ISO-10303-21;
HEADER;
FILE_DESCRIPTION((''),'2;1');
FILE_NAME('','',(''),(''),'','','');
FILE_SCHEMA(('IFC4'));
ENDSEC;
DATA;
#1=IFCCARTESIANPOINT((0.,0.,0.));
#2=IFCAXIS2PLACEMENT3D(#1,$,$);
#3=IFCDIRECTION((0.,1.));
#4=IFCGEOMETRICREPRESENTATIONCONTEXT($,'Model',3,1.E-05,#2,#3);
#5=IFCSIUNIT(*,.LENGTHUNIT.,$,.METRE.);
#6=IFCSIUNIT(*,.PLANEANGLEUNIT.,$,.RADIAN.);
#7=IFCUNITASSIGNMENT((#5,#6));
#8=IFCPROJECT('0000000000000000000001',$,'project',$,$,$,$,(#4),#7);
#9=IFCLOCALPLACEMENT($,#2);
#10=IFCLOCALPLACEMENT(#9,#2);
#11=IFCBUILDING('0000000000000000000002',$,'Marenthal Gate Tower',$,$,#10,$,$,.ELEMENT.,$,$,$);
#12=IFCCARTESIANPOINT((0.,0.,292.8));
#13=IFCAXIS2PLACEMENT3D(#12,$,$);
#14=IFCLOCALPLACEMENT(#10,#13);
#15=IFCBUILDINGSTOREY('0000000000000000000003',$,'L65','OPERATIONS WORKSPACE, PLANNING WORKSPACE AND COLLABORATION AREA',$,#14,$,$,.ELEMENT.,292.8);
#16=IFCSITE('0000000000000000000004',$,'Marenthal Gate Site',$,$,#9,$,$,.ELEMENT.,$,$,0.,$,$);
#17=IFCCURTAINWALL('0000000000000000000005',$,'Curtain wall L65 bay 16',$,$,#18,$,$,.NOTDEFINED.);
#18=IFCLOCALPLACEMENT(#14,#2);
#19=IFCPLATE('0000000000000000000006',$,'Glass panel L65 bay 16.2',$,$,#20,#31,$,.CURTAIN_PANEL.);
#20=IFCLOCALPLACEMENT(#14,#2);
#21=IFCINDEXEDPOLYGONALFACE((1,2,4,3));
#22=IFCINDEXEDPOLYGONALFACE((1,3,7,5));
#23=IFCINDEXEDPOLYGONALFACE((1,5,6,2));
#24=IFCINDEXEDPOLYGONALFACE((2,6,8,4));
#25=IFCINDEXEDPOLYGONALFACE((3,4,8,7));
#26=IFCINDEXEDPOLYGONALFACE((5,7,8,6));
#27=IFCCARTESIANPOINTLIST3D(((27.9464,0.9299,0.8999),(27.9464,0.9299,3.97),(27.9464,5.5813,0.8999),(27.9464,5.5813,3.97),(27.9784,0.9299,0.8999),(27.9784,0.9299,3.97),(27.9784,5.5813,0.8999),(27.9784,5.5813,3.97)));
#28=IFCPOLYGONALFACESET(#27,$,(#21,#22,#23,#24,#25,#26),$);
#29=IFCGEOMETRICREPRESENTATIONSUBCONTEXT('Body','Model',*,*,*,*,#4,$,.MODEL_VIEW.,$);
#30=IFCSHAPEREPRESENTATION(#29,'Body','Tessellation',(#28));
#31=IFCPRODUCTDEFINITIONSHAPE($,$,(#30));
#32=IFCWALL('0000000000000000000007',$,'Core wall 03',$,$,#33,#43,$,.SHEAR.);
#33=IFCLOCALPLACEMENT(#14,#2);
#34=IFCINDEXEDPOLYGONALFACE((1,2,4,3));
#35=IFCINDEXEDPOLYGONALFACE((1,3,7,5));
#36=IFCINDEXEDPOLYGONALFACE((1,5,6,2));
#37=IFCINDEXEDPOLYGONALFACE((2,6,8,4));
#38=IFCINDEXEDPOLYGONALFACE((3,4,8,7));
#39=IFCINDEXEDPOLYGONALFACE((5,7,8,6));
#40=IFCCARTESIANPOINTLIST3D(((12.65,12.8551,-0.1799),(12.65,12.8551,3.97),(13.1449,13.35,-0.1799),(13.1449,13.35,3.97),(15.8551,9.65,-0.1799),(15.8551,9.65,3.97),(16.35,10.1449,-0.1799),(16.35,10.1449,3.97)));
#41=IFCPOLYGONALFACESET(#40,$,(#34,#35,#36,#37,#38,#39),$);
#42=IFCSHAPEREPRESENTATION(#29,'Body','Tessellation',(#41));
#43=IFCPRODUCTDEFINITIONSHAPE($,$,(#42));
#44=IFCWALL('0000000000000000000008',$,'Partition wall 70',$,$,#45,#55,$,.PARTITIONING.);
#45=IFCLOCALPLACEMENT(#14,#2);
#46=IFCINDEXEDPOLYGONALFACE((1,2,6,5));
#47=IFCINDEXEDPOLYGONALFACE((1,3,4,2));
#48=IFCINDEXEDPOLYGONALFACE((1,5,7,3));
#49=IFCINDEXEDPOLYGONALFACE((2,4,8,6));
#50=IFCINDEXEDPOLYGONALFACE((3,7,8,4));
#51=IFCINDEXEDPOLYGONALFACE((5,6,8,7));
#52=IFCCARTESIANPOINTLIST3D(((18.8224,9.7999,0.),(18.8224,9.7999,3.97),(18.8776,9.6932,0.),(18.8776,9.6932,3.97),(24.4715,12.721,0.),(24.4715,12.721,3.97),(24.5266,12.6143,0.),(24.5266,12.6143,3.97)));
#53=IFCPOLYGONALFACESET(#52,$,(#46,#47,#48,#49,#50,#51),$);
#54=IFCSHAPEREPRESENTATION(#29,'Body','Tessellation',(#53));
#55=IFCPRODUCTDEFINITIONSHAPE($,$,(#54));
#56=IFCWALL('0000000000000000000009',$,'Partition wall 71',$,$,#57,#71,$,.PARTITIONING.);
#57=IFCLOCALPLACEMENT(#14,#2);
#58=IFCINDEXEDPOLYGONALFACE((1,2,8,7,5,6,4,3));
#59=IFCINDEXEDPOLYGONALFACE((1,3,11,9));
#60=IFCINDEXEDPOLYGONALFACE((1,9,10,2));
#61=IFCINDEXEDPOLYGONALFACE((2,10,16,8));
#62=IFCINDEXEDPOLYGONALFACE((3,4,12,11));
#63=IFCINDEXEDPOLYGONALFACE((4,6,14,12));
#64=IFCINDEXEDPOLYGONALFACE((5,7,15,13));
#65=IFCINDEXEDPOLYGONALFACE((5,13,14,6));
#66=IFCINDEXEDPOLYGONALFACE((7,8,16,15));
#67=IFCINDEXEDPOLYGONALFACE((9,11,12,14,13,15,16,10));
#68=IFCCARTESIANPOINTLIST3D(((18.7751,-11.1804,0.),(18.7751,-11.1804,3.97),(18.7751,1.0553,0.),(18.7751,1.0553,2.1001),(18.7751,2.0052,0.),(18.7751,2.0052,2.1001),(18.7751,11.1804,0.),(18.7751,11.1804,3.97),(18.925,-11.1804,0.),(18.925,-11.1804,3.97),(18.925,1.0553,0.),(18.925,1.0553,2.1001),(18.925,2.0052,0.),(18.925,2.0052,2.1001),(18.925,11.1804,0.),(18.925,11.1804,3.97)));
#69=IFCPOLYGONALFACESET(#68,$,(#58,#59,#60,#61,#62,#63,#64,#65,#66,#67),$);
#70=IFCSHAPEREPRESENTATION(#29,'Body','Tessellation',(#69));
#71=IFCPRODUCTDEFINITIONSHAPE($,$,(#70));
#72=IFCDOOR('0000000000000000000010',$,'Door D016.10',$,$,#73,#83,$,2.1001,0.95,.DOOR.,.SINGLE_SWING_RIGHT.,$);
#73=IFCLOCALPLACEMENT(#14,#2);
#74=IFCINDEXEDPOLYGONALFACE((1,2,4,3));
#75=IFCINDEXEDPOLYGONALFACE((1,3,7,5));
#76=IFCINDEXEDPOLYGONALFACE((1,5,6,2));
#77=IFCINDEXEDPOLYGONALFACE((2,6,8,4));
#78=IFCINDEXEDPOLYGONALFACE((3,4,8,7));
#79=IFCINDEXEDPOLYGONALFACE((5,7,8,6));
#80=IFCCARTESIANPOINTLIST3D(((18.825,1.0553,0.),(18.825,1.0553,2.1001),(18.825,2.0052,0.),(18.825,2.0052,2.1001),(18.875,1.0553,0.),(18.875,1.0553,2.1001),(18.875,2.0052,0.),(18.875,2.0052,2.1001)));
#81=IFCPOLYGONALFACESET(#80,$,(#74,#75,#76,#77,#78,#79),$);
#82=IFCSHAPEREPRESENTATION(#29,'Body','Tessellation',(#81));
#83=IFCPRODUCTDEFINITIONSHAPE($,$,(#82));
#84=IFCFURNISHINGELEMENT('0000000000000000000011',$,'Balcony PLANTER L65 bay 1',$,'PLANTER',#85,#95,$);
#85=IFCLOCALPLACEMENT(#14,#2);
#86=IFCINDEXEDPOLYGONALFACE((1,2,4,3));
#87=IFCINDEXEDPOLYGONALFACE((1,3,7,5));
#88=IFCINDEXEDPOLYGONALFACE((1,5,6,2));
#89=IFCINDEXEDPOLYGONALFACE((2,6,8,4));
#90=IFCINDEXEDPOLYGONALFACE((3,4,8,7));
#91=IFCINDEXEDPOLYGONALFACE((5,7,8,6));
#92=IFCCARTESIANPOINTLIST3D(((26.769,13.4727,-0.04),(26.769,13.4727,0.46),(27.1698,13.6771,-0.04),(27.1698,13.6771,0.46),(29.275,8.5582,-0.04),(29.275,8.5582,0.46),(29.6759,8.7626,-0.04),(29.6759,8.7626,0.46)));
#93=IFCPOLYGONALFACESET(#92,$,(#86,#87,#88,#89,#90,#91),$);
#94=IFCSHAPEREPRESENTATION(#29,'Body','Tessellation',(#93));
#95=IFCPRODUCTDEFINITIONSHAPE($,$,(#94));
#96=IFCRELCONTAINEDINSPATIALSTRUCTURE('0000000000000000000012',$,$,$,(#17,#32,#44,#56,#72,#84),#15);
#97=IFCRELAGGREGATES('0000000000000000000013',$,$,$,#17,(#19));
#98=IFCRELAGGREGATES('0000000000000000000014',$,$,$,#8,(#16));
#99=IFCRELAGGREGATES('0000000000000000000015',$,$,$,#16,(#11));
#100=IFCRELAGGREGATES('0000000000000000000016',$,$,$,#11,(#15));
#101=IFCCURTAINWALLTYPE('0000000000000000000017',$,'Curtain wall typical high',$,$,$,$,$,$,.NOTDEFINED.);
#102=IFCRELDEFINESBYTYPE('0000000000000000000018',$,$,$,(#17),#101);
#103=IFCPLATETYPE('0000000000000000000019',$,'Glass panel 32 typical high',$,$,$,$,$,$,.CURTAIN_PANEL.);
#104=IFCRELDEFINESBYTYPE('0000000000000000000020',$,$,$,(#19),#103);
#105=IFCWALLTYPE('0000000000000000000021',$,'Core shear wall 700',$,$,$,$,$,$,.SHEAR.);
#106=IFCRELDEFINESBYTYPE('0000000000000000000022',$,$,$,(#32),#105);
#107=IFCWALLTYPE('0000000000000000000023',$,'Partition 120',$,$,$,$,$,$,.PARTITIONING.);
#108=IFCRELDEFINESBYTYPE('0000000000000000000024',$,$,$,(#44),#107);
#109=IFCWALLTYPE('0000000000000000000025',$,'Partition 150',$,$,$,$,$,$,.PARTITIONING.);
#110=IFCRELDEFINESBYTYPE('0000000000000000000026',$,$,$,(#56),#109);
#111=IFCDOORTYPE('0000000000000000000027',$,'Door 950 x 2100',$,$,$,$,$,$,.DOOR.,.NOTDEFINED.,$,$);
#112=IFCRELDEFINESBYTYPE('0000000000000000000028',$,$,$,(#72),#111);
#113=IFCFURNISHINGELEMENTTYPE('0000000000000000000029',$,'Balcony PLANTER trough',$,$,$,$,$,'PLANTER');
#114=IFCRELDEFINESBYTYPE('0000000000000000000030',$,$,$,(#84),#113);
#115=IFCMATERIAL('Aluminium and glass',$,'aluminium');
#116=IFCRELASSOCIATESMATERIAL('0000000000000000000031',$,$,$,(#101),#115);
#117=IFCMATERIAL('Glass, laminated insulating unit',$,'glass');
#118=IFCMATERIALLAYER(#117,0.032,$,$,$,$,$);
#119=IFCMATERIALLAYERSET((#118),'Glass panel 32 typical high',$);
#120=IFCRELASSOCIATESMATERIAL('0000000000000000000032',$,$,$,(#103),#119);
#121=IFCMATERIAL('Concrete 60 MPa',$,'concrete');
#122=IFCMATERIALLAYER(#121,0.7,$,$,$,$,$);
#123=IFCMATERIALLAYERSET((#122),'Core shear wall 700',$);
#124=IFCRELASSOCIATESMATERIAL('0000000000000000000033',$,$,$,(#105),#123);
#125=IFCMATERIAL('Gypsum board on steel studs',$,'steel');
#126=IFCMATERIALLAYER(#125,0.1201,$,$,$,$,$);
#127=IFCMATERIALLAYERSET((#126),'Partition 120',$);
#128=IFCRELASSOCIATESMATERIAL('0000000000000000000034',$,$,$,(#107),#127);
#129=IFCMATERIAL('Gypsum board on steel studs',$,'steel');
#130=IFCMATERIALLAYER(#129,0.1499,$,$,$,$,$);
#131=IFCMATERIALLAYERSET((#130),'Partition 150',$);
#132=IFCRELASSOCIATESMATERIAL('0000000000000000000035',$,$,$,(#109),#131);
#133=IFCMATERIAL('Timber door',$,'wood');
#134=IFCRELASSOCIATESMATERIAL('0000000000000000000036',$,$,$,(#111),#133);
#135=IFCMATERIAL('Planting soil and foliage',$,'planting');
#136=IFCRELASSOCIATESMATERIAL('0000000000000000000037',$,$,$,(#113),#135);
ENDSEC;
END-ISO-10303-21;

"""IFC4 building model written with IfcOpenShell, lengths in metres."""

from ifc_helpers import new_model, si_unit, direction, frame, frame_2d, origin, origin_2d, place, context, subcontext, project, spatial, rectangle, extrude, material, layer, layer_set, type_object, element, fill, aggregate, save


model = new_model("IFC4")

# Units and contexts
model_context = context("Model", 3, precision=1e-05, world=origin(), true_north=direction((0.0, 1.0)))
body_context = subcontext(model_context, "Body", "Model", "MODEL_VIEW")
ifc_project = project(units=[si_unit("LENGTHUNIT", "METRE"), si_unit("PLANEANGLEUNIT", "RADIAN")], contexts=[model_context])

# Site, building, storey
site_placement = place(None, origin())
site = spatial("IfcSite", under=ifc_project, at=site_placement, Name="Marenthal Gate Site", CompositionType="ELEMENT", RefElevation=0.0)
building_placement = place(site_placement, origin())
building = spatial("IfcBuilding", under=site, at=building_placement, Name="Marenthal Gate Tower", CompositionType="ELEMENT")
storey_placement = place(building_placement, frame((0.0, 0.0, 292.8)))
storey = spatial("IfcBuildingStorey", under=building, at=storey_placement, Name="L65", Description="OPERATIONS WORKSPACE, PLANNING WORKSPACE AND COLLABORATION AREA", CompositionType="ELEMENT", Elevation=292.8)

# Curtain wall
ifc_material_1 = material(Name="Aluminium and glass", Category="aluminium")
curtain_wall_type = type_object("IfcCurtainWallType", Name="Curtain wall typical high", PredefinedType="NOTDEFINED", material=ifc_material_1)
curtain_wall_placement = place(storey_placement, origin())
curtain_wall = element("IfcCurtainWall", 1, at=curtain_wall_placement, inside=storey, type_object=curtain_wall_type, Name="Curtain wall L65 bay 16", PredefinedType="NOTDEFINED")

# Plate
ifc_material_2 = material(Name="Glass, laminated insulating unit", Category="glass")
ifc_layer_1 = layer(ifc_material_2, 0.032)
ifc_layer_set_1 = layer_set([ifc_layer_1], Name="Glass panel 32 typical high")
plate_type = type_object("IfcPlateType", Name="Glass panel 32 typical high", PredefinedType="CURTAIN_PANEL", material=ifc_layer_set_1)
plate_placement = place(storey_placement, frame((27.9624, 3.2556, 0.8999), z_axis=(0.0, 0.0, 1.0), x_axis=(0.0, 1.0, 0.0)))
plate = element("IfcPlate", 2, at=plate_placement, type_object=plate_type, Name="Glass panel L65 bay 16.2", PredefinedType="CURTAIN_PANEL", context=body_context, shape_type="SweptSolid", body=[
    extrude(rectangle(XDim=4.6514, YDim=0.032, at=origin_2d()), origin(), (0.0, 0.0, 1.0), 3.0701),
])
aggregate(curtain_wall, [plate])

# Walls
ifc_material_3 = material(Name="Concrete 60 MPa", Category="concrete")
ifc_layer_2 = layer(ifc_material_3, 0.7)
ifc_layer_set_2 = layer_set([ifc_layer_2], Name="Core shear wall 700")
wall_type_1 = type_object("IfcWallType", Name="Core shear wall 700", PredefinedType="SHEAR", material=ifc_layer_set_2)
wall_1_placement = place(storey_placement, frame((16.1025, 9.8975, -0.1799), z_axis=(0.0, 0.0, 1.0), x_axis=(-0.707107, 0.707107, 0.0)))
element("IfcWall", 3, at=wall_1_placement, inside=storey, type_object=wall_type_1, Name="Core wall 03", PredefinedType="SHEAR", context=body_context, shape_type="SweptSolid", body=[
    extrude(rectangle(XDim=4.5327, YDim=0.7, at=frame_2d((2.2664, 0.0))), origin(), (0.0, 0.0, 1.0), 4.1499),
])
ifc_material_4 = material(Name="Gypsum board on steel studs", Category="steel")
ifc_layer_3 = layer(ifc_material_4, 0.1201)
ifc_layer_set_3 = layer_set([ifc_layer_3], Name="Partition 120")
wall_type_2 = type_object("IfcWallType", Name="Partition 120", PredefinedType="PARTITIONING", material=ifc_layer_set_3)
wall_2_placement = place(storey_placement, frame((18.8501, 9.7466, 0.0), z_axis=(0.0, 0.0, 1.0), x_axis=(0.888272, 0.459318, 0.0)))
element("IfcWall", 4, at=wall_2_placement, inside=storey, type_object=wall_type_2, Name="Partition wall 70", PredefinedType="PARTITIONING", context=body_context, shape_type="SweptSolid", body=[
    extrude(rectangle(XDim=6.3596, YDim=0.1201, at=frame_2d((3.1797, 0.0))), origin(), (0.0, 0.0, 1.0), 3.97),
])

# Wall, opening, door
ifc_material_5 = material(Name="Gypsum board on steel studs", Category="steel")
ifc_layer_4 = layer(ifc_material_5, 0.1499)
ifc_layer_set_4 = layer_set([ifc_layer_4], Name="Partition 150")
wall_type_3 = type_object("IfcWallType", Name="Partition 150", PredefinedType="PARTITIONING", material=ifc_layer_set_4)
wall_3_placement = place(storey_placement, frame((18.8501, 11.1804, 0.0), z_axis=(0.0, 0.0, 1.0), x_axis=(0.0, -1.0, 0.0)))
wall_3 = element("IfcWall", 5, at=wall_3_placement, inside=storey, type_object=wall_type_3, Name="Partition wall 71", PredefinedType="PARTITIONING", context=body_context, shape_type="SweptSolid", body=[
    extrude(rectangle(XDim=22.3608, YDim=0.1499, at=frame_2d((11.1804, 0.0))), origin(), (0.0, 0.0, 1.0), 3.97),
])
opening_1_placement = place(wall_3_placement, frame((9.175, 0.0, 0.0)))
opening_1 = element("IfcOpeningElement", 6, at=opening_1_placement, cuts=wall_3, PredefinedType="OPENING", context=body_context, shape_type="SweptSolid", body=[
    extrude(rectangle(XDim=0.95, YDim=2.1001, at=frame_2d((0.4751, 1.05))), frame((0.0, 0.085, 0.0), z_axis=(0.0, -1.0, 0.0), x_axis=(1.0, 0.0, 0.0)), (0.0, 0.0, 1.0), 0.1699),
])
ifc_material_6 = material(Name="Timber door", Category="wood")
door_type_1 = type_object("IfcDoorType", Name="Door 950 x 2100", OperationType="NOTDEFINED", PredefinedType="DOOR", material=ifc_material_6)
door_1_placement = place(opening_1_placement, origin())
door_1 = element("IfcDoor", 7, at=door_1_placement, inside=storey, type_object=door_type_1, Name="Door D016.10", OperationType="SINGLE_SWING_RIGHT", OverallHeight=2.1001, OverallWidth=0.95, PredefinedType="DOOR", context=body_context, shape_type="SweptSolid", body=[
    extrude(rectangle(XDim=0.95, YDim=2.1001, at=frame_2d((0.4751, 1.05))), frame((0.0, 0.0249, 0.0), z_axis=(0.0, -1.0, 0.0), x_axis=(1.0, 0.0, 0.0)), (0.0, 0.0, 1.0), 0.05),
])
fill(opening_1, door_1)

# Furnishing element
ifc_material_7 = material(Name="Planting soil and foliage", Category="planting")
furnishing_element_type = type_object("IfcFurnishingElementType", Name="Balcony PLANTER trough", ElementType="PLANTER", material=ifc_material_7)
furnishing_placement = place(storey_placement, frame((28.2224, 11.1177, -0.04), z_axis=(0.0, 0.0, 1.0), x_axis=(-0.454273, 0.890862, 0.0)))
element("IfcFurnishingElement", 8, at=furnishing_placement, inside=storey, type_object=furnishing_element_type, Name="Balcony PLANTER L65 bay 1", ObjectType="PLANTER", context=body_context, shape_type="SweptSolid", body=[
    extrude(rectangle(XDim=5.5166, YDim=0.45, at=origin_2d()), origin(), (0.0, 0.0, 1.0), 0.5),
])

save(model, "model.ifc")
